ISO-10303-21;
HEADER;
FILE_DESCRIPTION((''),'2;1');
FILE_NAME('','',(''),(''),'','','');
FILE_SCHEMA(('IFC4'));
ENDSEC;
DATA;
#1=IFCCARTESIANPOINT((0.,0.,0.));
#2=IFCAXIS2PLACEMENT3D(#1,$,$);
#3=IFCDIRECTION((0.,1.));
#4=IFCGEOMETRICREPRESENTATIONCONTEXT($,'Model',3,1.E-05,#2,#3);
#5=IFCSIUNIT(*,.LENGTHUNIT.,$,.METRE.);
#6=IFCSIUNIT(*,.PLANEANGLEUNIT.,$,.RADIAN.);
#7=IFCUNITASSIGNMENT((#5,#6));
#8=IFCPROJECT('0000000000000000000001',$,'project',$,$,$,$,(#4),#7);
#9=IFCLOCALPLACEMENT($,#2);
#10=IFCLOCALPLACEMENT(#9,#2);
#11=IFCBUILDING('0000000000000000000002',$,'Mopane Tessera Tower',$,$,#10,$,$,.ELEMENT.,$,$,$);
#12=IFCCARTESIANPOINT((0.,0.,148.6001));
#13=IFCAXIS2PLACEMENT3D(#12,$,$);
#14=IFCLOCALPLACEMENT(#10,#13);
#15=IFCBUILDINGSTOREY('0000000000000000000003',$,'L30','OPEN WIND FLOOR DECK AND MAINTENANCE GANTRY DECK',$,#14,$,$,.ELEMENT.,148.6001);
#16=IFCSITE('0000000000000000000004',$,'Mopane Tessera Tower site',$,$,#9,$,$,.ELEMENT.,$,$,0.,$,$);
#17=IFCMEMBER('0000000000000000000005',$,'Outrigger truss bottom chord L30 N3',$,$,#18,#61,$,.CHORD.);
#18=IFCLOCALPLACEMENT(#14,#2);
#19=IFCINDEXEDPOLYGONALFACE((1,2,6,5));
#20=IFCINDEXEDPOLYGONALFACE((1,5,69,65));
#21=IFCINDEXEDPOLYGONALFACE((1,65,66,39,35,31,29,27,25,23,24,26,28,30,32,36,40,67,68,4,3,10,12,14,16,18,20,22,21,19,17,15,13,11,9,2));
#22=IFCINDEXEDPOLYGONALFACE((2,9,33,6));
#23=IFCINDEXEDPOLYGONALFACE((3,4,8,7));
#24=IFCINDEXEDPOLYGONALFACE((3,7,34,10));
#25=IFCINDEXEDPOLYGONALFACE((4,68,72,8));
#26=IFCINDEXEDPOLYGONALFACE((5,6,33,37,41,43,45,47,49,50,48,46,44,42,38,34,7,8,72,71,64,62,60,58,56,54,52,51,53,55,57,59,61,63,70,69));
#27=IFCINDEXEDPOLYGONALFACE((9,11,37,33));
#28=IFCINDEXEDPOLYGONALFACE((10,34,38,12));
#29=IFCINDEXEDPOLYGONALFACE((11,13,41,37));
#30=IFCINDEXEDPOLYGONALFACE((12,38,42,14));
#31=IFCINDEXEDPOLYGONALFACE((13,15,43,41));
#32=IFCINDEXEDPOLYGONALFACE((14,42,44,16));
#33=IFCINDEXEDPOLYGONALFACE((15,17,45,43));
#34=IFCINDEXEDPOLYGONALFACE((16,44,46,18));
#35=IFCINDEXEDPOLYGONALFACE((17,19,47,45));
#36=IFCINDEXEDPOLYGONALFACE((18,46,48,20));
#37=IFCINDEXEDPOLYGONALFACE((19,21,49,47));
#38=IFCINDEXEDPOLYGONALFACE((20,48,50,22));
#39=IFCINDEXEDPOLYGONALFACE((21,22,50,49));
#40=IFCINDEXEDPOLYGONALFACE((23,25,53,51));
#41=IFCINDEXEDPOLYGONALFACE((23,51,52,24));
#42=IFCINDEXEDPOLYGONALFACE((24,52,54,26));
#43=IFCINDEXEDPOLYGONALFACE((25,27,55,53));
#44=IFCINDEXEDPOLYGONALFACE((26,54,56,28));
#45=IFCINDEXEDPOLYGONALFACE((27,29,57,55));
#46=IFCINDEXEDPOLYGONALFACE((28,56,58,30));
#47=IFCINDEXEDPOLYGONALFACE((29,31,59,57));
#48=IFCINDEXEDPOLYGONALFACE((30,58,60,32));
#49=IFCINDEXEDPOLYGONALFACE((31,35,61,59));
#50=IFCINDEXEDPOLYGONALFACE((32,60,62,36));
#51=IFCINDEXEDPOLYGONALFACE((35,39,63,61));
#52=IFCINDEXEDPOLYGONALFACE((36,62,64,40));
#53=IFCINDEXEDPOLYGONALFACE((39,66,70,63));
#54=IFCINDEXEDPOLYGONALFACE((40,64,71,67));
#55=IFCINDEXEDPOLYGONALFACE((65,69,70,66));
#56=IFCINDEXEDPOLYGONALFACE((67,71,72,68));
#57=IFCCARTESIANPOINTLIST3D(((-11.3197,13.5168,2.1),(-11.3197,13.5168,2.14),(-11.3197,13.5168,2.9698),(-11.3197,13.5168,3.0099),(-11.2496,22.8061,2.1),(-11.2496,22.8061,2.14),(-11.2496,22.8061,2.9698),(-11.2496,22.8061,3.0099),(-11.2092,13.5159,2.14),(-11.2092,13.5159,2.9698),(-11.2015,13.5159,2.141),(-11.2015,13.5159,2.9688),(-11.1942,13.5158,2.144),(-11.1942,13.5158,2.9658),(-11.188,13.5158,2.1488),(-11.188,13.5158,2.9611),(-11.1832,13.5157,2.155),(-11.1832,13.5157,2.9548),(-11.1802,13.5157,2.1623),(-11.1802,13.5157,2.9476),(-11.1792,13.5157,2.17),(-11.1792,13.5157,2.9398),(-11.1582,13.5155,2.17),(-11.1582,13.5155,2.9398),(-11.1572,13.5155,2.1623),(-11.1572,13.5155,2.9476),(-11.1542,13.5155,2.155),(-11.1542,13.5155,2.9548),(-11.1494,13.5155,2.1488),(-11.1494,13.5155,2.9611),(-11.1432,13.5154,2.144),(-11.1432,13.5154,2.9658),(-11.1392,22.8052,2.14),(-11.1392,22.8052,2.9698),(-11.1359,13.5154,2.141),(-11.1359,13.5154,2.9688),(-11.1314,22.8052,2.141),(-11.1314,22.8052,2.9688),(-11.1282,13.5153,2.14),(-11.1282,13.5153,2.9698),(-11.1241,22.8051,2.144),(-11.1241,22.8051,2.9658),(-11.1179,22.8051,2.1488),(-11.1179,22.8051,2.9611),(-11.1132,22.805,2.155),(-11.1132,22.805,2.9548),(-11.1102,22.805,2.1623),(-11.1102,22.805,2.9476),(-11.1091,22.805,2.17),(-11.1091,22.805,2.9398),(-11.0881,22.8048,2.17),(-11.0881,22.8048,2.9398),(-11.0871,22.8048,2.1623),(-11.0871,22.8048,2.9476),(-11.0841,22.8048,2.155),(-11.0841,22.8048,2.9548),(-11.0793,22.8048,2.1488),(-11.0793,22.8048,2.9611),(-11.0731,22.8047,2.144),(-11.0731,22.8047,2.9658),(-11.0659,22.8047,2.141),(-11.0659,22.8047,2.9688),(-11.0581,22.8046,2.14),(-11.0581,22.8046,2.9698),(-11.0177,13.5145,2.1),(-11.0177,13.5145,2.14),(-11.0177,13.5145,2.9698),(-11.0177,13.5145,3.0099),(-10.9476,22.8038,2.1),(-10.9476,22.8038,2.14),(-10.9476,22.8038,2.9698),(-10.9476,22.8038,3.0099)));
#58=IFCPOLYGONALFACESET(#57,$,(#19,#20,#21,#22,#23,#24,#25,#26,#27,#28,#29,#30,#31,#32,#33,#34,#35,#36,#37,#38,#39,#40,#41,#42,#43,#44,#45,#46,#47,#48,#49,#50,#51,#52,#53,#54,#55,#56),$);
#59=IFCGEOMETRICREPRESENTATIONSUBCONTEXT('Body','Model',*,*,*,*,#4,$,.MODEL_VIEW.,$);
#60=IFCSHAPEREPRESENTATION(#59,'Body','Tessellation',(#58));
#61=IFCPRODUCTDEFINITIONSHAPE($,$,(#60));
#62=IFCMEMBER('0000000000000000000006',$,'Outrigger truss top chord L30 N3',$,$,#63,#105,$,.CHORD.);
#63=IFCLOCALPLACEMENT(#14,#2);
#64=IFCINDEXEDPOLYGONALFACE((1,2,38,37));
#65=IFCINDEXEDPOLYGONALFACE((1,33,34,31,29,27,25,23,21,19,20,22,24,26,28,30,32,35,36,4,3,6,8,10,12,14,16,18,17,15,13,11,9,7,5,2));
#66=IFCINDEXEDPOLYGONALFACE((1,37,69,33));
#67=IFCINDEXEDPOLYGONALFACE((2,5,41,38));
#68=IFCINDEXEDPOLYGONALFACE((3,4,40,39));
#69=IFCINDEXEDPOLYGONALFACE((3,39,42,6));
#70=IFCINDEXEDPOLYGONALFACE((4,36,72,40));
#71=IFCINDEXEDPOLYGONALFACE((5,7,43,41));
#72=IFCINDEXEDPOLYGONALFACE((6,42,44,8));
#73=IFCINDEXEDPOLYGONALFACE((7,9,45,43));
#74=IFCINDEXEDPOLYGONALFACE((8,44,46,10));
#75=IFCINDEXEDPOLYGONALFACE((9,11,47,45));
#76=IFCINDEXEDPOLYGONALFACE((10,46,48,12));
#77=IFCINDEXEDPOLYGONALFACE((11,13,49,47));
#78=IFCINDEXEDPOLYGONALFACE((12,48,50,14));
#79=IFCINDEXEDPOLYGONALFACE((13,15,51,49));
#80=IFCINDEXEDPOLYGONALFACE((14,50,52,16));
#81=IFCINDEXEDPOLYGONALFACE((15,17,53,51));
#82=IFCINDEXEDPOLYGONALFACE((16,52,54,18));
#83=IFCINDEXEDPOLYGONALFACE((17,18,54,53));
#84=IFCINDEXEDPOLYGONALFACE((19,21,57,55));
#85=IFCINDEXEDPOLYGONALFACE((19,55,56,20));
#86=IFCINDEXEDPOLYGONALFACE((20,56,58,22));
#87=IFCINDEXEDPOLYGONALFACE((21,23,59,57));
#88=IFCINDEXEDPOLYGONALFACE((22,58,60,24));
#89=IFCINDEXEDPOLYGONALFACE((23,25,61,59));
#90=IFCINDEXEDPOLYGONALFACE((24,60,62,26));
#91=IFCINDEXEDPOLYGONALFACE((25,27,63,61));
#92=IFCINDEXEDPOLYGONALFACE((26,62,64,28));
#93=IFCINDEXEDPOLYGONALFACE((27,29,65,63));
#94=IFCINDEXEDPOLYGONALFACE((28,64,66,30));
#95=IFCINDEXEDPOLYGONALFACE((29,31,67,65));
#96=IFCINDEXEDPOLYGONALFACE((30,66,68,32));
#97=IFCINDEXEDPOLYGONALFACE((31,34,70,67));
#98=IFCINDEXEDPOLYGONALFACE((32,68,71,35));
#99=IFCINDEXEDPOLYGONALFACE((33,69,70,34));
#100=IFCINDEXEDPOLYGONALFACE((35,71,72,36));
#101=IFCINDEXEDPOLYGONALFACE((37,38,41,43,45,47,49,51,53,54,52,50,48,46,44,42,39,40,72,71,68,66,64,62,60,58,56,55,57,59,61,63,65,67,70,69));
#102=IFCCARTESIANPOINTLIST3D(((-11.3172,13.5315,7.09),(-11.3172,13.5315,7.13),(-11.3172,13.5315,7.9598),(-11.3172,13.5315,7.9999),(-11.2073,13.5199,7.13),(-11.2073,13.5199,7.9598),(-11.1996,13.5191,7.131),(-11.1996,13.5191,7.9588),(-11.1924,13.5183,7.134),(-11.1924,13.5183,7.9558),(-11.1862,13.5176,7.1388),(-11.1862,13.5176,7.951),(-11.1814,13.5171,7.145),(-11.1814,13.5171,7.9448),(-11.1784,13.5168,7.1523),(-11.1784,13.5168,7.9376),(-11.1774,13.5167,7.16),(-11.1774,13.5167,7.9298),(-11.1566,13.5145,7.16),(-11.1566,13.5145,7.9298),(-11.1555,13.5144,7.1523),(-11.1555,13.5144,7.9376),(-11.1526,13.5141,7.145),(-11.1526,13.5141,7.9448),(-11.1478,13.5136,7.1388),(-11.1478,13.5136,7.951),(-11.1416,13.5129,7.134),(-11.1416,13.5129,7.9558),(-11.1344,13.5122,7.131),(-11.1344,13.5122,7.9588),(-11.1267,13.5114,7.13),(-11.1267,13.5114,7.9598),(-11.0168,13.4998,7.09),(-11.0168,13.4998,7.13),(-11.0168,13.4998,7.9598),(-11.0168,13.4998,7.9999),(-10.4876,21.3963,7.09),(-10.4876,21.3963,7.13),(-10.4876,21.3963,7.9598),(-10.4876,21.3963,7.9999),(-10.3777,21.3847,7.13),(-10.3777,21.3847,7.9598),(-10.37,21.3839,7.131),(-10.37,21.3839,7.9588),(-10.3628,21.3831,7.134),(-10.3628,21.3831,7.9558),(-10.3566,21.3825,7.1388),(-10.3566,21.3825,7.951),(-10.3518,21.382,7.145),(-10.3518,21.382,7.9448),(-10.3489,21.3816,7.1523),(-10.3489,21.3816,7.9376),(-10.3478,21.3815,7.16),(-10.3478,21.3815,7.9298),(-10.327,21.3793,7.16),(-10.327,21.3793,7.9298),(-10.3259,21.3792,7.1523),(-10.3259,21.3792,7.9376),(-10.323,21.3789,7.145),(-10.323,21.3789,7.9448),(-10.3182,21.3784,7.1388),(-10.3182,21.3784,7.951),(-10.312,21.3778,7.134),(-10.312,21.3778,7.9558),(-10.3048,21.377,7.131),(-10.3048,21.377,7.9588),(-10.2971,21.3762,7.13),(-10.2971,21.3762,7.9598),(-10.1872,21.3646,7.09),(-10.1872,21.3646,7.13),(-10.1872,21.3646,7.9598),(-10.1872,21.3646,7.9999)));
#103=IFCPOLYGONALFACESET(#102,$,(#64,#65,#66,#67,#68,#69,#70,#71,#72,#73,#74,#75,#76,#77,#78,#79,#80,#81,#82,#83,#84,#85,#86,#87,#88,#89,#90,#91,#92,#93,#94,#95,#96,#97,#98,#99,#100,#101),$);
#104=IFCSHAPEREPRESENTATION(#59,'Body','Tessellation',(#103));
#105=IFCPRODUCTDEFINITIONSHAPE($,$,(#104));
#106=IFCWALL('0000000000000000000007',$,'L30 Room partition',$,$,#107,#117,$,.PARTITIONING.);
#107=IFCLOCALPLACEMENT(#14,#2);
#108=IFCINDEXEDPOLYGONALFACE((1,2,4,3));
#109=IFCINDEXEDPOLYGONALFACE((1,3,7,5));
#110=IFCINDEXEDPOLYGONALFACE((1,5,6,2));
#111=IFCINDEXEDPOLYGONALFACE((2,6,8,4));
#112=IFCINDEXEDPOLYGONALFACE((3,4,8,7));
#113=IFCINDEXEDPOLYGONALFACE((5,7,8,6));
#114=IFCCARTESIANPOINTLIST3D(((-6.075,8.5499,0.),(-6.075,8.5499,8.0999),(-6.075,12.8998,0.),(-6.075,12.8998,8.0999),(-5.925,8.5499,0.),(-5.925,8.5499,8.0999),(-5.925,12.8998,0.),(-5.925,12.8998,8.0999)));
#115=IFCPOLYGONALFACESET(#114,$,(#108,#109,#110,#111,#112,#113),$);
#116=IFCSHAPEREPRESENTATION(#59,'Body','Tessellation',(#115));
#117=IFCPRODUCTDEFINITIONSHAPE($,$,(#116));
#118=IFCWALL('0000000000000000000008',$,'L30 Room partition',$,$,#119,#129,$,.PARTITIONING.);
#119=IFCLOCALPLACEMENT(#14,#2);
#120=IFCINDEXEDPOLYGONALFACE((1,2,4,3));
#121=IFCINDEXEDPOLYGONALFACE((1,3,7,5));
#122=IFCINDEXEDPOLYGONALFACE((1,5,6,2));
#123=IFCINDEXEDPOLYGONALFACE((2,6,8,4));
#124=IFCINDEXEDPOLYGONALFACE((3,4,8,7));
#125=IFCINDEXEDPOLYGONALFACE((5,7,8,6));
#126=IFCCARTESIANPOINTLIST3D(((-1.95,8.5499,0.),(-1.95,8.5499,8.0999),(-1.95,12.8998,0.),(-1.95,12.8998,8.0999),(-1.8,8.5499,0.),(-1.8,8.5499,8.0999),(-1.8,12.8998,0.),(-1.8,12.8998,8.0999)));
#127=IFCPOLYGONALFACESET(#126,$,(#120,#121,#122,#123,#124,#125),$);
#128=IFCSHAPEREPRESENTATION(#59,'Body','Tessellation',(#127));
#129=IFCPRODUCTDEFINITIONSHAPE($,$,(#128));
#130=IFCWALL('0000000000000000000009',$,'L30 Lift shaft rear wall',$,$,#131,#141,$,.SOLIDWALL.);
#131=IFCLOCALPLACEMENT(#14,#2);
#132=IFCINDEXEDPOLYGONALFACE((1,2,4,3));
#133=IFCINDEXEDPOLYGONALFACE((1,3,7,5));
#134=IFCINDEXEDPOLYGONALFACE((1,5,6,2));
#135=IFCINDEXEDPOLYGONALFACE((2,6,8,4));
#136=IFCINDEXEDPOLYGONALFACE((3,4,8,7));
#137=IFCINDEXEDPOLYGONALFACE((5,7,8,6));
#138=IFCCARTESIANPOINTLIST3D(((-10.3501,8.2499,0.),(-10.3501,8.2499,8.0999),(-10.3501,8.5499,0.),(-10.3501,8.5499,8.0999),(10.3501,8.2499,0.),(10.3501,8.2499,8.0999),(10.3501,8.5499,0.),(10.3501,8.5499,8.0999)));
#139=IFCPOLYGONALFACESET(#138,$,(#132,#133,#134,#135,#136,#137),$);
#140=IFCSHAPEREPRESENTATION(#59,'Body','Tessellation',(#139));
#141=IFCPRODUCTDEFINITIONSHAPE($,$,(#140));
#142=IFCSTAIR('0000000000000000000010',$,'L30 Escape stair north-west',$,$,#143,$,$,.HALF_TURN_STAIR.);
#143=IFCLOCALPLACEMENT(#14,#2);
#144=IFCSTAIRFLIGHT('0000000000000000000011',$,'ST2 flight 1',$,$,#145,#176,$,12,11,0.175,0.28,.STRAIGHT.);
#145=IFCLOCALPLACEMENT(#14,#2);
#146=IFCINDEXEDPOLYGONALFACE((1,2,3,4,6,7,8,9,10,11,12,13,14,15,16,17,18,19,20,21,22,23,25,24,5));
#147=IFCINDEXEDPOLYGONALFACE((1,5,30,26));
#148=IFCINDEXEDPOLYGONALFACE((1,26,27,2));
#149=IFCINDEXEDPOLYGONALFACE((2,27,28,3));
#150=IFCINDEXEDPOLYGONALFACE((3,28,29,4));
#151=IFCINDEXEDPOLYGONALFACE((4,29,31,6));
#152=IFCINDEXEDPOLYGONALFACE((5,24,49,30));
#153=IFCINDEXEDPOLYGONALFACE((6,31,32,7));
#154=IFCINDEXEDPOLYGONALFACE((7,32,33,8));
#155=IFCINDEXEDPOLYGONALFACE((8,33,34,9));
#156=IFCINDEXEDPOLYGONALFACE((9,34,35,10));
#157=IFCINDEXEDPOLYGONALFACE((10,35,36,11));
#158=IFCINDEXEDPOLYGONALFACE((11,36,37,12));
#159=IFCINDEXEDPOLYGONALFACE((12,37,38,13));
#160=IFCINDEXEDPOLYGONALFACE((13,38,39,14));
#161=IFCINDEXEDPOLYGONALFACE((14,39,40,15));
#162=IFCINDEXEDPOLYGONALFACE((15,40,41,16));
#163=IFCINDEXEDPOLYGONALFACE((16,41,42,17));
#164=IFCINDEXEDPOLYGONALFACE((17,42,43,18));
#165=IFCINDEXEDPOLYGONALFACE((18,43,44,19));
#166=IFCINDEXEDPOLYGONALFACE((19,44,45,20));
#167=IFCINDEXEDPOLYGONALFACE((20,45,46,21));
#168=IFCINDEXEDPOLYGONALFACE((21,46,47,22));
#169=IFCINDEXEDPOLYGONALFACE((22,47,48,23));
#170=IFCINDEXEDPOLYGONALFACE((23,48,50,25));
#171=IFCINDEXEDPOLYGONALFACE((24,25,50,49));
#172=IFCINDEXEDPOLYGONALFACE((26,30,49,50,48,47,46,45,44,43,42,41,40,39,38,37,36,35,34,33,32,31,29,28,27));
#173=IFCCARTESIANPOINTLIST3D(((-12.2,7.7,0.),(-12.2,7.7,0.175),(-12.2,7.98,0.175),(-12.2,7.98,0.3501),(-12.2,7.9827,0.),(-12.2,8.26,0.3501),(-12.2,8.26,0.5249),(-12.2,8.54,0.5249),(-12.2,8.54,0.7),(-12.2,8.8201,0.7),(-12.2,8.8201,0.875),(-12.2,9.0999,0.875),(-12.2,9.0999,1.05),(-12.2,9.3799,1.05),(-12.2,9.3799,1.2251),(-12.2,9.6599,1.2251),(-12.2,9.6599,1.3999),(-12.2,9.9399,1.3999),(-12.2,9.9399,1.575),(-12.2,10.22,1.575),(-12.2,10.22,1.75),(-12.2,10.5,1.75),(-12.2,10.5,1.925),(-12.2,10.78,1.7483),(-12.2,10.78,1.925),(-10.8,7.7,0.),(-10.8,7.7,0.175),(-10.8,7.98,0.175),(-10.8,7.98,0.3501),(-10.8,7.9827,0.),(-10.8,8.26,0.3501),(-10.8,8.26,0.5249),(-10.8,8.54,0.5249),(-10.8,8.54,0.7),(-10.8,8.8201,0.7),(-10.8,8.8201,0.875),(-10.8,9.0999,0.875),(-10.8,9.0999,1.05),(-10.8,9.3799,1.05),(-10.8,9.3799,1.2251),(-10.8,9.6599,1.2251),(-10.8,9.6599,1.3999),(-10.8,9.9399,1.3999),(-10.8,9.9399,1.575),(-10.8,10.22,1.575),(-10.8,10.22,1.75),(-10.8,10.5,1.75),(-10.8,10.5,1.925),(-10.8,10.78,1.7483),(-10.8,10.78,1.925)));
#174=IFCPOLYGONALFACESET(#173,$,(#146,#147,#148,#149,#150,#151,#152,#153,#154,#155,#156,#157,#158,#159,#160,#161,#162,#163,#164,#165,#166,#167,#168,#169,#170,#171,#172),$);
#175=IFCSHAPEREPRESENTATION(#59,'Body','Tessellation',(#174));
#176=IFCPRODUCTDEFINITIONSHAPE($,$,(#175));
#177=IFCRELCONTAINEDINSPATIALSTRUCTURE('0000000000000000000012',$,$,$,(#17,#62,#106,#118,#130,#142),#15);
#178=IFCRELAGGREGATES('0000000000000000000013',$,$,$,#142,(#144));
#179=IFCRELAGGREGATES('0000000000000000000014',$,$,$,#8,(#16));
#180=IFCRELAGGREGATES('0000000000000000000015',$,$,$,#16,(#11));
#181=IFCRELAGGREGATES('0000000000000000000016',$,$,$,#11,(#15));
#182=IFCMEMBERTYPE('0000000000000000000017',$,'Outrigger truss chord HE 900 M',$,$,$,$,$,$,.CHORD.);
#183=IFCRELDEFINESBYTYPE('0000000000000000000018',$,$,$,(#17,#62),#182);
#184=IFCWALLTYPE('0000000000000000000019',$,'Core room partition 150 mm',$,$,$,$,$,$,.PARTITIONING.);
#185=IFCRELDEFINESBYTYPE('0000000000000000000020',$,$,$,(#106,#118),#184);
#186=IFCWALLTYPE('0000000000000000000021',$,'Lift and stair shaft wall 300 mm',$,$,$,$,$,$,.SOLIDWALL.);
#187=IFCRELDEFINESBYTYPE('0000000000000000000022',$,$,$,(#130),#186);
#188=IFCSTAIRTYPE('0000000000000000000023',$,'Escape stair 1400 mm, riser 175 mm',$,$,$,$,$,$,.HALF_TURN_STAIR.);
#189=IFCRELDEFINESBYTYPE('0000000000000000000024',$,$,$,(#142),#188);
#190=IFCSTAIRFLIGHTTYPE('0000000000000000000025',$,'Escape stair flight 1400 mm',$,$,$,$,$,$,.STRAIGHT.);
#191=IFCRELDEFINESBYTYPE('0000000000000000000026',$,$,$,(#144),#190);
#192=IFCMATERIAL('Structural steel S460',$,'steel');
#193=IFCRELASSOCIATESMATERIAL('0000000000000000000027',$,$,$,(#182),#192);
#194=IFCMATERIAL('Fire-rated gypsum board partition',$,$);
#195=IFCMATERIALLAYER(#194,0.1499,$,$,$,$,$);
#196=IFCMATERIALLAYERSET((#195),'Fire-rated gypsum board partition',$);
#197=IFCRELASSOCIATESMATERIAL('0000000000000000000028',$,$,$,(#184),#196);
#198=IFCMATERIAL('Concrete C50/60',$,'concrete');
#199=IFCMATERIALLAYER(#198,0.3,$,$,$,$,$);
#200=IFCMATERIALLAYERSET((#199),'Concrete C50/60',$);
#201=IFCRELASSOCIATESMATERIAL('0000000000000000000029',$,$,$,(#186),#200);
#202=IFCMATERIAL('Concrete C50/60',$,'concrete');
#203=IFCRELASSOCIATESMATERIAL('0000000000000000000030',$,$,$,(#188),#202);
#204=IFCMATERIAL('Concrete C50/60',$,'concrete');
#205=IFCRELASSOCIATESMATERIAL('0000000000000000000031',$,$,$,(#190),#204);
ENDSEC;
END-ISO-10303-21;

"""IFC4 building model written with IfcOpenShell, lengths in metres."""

from ifc_helpers import new_model, si_unit, direction, frame, frame_2d, origin, origin_2d, place, context, subcontext, project, spatial, polyline, rectangle, i_section, outline, extrude, material, layer, layer_set, material_profile, profile_set, type_object, element, aggregate, save


model = new_model("IFC4")

# Units and contexts
model_context = context("Model", 3, precision=1e-05, world=origin(), true_north=direction((0.0, 1.0)))
body_context = subcontext(model_context, "Body", "Model", "MODEL_VIEW")
ifc_project = project(units=[si_unit("LENGTHUNIT", "METRE"), si_unit("PLANEANGLEUNIT", "RADIAN")], contexts=[model_context])

# Site, building, storey
site_placement = place(None, origin())
site = spatial("IfcSite", under=ifc_project, at=site_placement, Name="Mopane Tessera Tower site", CompositionType="ELEMENT", RefElevation=0.0)
building_placement = place(site_placement, origin())
building = spatial("IfcBuilding", under=site, at=building_placement, Name="Mopane Tessera Tower", CompositionType="ELEMENT")
storey_placement = place(building_placement, frame((0.0, 0.0, 148.6001)))
storey = spatial("IfcBuildingStorey", under=building, at=storey_placement, Name="L30", Description="OPEN WIND FLOOR DECK AND MAINTENANCE GANTRY DECK", CompositionType="ELEMENT", Elevation=148.6001)

# Members
ifc_material_1 = material(Name="Structural steel S460", Category="steel")
ifc_material_profile = material_profile(ifc_material_1, i_section(OverallWidth=0.302, OverallDepth=0.9099, WebThickness=0.021, FlangeThickness=0.04, FilletRadius=0.03, at=origin_2d()))
ifc_profile_set = profile_set([ifc_material_profile], Name="Structural steel S460")
member_type = type_object("IfcMemberType", Name="Outrigger truss chord HE 900 M", PredefinedType="CHORD", material=ifc_profile_set)
member_1_placement = place(storey_placement, frame((-11.1687, 13.5156, 2.5549), z_axis=(0.007543, 0.999972, 0.0), x_axis=(-0.999972, 0.007543, 0.0)))
element("IfcMember", 1, at=member_1_placement, inside=storey, type_object=member_type, Name="Outrigger truss bottom chord L30 N3", PredefinedType="CHORD", context=body_context, shape_type="SweptSolid", body=[
    extrude(i_section(OverallWidth=0.302, OverallDepth=0.9099, WebThickness=0.021, FlangeThickness=0.04, FilletRadius=0.03, at=origin_2d()), origin(), (0.0, 0.0, 1.0), 9.2896),
])
member_2_placement = place(storey_placement, frame((-11.167, 13.5156, 7.5449), z_axis=(0.1049, 0.994483, 0.0), x_axis=(-0.994483, 0.1049, 0.0)))
element("IfcMember", 2, at=member_2_placement, inside=storey, type_object=member_type, Name="Outrigger truss top chord L30 N3", PredefinedType="CHORD", context=body_context, shape_type="SweptSolid", body=[
    extrude(i_section(OverallWidth=0.302, OverallDepth=0.9099, WebThickness=0.021, FlangeThickness=0.04, FilletRadius=0.03, at=origin_2d()), origin(), (0.0, 0.0, 1.0), 7.9084),
])

# Walls
ifc_material_2 = material(Name="Fire-rated gypsum board partition")
ifc_layer_1 = layer(ifc_material_2, 0.1499)
ifc_layer_set_1 = layer_set([ifc_layer_1], Name="Fire-rated gypsum board partition")
wall_type_1 = type_object("IfcWallType", Name="Core room partition 150 mm", PredefinedType="PARTITIONING", material=ifc_layer_set_1)
for number, where, z_axis, x_axis, name in (
    (3, (-6.0, 8.55, 0.0), (0.0, 0.0, 1.0), (0.0, 1.0, 0.0), "L30 Room partition"),
    (4, (-1.875, 8.55, 0.0), (0.0, 0.0, 1.0), (0.0, 1.0, 0.0), "L30 Room partition"),
):
    element("IfcWall", number, at=place(storey_placement, frame(where, z_axis=z_axis, x_axis=x_axis)), inside=storey, type_object=wall_type_1, Name=name, PredefinedType="PARTITIONING", context=body_context, shape_type="SweptSolid", body=[
        extrude(rectangle(XDim=4.3499, YDim=0.1499, at=frame_2d((2.1748, 0.0))), origin(), (0.0, 0.0, 1.0), 8.0999),
    ])
ifc_material_3 = material(Name="Concrete C50/60", Category="concrete")
ifc_layer_2 = layer(ifc_material_3, 0.3)
ifc_layer_set_2 = layer_set([ifc_layer_2], Name="Concrete C50/60")
wall_type_2 = type_object("IfcWallType", Name="Lift and stair shaft wall 300 mm", PredefinedType="SOLIDWALL", material=ifc_layer_set_2)
wall_placement = place(storey_placement, frame((-10.3501, 8.3999, 0.0), z_axis=(0.0, 0.0, 1.0), x_axis=(1.0, 0.0, 0.0)))
element("IfcWall", 5, at=wall_placement, inside=storey, type_object=wall_type_2, Name="L30 Lift shaft rear wall", PredefinedType="SOLIDWALL", context=body_context, shape_type="SweptSolid", body=[
    extrude(rectangle(XDim=20.7002, YDim=0.3, at=frame_2d((10.3501, 0.0))), origin(), (0.0, 0.0, 1.0), 8.0999),
])

# Stair, stair flight
ifc_material_4 = material(Name="Concrete C50/60", Category="concrete")
stair_type = type_object("IfcStairType", Name="Escape stair 1400 mm, riser 175 mm", PredefinedType="HALF_TURN_STAIR", material=ifc_material_4)
stair_placement = place(storey_placement, origin())
stair = element("IfcStair", 6, at=stair_placement, inside=storey, type_object=stair_type, Name="L30 Escape stair north-west", PredefinedType="HALF_TURN_STAIR")
ifc_material_5 = material(Name="Concrete C50/60", Category="concrete")
stair_flight_type = type_object("IfcStairFlightType", Name="Escape stair flight 1400 mm", PredefinedType="STRAIGHT", material=ifc_material_5)
stair_flight_1_placement = place(storey_placement, frame((-11.5, 7.7, 0.0), z_axis=(0.0, 0.0, 1.0), x_axis=(0.0, 1.0, 0.0)))
stair_flight_1 = element("IfcStairFlight", 7, at=stair_flight_1_placement, type_object=stair_flight_type, Name="ST2 flight 1", NumberOfRisers=12, NumberOfTreads=11, PredefinedType="STRAIGHT", RiserHeight=0.175, TreadLength=0.28, context=body_context, shape_type="SweptSolid", body=[
    extrude(outline(polyline([(0.0, 0.0), (0.0, 0.175), (0.28, 0.175), (0.28, 0.3501), (0.5601, 0.3501), (0.5601, 0.5249), (0.8401, 0.5249), (0.8401, 0.7), (1.1201, 0.7), (1.1201, 0.875), (1.3999, 0.875), (1.3999, 1.05), (1.6799, 1.05), (1.6799, 1.2251), (1.96, 1.2251), (1.96, 1.3999), (2.24, 1.3999), (2.24, 1.575), (2.52, 1.575), (2.52, 1.75), (2.8, 1.75), (2.8, 1.925), (3.0801, 1.925), (3.0801, 2.1001), (3.0801, 1.7483), (0.2827, 0.0), (0.0, 0.0)])), frame((0.0, 0.7, 0.0), z_axis=(0.0, -1.0, 0.0), x_axis=(1.0, 0.0, 0.0)), (0.0, 0.0, 1.0), 1.3999),
])
aggregate(stair, [stair_flight_1])

save(model, "model.ifc")
